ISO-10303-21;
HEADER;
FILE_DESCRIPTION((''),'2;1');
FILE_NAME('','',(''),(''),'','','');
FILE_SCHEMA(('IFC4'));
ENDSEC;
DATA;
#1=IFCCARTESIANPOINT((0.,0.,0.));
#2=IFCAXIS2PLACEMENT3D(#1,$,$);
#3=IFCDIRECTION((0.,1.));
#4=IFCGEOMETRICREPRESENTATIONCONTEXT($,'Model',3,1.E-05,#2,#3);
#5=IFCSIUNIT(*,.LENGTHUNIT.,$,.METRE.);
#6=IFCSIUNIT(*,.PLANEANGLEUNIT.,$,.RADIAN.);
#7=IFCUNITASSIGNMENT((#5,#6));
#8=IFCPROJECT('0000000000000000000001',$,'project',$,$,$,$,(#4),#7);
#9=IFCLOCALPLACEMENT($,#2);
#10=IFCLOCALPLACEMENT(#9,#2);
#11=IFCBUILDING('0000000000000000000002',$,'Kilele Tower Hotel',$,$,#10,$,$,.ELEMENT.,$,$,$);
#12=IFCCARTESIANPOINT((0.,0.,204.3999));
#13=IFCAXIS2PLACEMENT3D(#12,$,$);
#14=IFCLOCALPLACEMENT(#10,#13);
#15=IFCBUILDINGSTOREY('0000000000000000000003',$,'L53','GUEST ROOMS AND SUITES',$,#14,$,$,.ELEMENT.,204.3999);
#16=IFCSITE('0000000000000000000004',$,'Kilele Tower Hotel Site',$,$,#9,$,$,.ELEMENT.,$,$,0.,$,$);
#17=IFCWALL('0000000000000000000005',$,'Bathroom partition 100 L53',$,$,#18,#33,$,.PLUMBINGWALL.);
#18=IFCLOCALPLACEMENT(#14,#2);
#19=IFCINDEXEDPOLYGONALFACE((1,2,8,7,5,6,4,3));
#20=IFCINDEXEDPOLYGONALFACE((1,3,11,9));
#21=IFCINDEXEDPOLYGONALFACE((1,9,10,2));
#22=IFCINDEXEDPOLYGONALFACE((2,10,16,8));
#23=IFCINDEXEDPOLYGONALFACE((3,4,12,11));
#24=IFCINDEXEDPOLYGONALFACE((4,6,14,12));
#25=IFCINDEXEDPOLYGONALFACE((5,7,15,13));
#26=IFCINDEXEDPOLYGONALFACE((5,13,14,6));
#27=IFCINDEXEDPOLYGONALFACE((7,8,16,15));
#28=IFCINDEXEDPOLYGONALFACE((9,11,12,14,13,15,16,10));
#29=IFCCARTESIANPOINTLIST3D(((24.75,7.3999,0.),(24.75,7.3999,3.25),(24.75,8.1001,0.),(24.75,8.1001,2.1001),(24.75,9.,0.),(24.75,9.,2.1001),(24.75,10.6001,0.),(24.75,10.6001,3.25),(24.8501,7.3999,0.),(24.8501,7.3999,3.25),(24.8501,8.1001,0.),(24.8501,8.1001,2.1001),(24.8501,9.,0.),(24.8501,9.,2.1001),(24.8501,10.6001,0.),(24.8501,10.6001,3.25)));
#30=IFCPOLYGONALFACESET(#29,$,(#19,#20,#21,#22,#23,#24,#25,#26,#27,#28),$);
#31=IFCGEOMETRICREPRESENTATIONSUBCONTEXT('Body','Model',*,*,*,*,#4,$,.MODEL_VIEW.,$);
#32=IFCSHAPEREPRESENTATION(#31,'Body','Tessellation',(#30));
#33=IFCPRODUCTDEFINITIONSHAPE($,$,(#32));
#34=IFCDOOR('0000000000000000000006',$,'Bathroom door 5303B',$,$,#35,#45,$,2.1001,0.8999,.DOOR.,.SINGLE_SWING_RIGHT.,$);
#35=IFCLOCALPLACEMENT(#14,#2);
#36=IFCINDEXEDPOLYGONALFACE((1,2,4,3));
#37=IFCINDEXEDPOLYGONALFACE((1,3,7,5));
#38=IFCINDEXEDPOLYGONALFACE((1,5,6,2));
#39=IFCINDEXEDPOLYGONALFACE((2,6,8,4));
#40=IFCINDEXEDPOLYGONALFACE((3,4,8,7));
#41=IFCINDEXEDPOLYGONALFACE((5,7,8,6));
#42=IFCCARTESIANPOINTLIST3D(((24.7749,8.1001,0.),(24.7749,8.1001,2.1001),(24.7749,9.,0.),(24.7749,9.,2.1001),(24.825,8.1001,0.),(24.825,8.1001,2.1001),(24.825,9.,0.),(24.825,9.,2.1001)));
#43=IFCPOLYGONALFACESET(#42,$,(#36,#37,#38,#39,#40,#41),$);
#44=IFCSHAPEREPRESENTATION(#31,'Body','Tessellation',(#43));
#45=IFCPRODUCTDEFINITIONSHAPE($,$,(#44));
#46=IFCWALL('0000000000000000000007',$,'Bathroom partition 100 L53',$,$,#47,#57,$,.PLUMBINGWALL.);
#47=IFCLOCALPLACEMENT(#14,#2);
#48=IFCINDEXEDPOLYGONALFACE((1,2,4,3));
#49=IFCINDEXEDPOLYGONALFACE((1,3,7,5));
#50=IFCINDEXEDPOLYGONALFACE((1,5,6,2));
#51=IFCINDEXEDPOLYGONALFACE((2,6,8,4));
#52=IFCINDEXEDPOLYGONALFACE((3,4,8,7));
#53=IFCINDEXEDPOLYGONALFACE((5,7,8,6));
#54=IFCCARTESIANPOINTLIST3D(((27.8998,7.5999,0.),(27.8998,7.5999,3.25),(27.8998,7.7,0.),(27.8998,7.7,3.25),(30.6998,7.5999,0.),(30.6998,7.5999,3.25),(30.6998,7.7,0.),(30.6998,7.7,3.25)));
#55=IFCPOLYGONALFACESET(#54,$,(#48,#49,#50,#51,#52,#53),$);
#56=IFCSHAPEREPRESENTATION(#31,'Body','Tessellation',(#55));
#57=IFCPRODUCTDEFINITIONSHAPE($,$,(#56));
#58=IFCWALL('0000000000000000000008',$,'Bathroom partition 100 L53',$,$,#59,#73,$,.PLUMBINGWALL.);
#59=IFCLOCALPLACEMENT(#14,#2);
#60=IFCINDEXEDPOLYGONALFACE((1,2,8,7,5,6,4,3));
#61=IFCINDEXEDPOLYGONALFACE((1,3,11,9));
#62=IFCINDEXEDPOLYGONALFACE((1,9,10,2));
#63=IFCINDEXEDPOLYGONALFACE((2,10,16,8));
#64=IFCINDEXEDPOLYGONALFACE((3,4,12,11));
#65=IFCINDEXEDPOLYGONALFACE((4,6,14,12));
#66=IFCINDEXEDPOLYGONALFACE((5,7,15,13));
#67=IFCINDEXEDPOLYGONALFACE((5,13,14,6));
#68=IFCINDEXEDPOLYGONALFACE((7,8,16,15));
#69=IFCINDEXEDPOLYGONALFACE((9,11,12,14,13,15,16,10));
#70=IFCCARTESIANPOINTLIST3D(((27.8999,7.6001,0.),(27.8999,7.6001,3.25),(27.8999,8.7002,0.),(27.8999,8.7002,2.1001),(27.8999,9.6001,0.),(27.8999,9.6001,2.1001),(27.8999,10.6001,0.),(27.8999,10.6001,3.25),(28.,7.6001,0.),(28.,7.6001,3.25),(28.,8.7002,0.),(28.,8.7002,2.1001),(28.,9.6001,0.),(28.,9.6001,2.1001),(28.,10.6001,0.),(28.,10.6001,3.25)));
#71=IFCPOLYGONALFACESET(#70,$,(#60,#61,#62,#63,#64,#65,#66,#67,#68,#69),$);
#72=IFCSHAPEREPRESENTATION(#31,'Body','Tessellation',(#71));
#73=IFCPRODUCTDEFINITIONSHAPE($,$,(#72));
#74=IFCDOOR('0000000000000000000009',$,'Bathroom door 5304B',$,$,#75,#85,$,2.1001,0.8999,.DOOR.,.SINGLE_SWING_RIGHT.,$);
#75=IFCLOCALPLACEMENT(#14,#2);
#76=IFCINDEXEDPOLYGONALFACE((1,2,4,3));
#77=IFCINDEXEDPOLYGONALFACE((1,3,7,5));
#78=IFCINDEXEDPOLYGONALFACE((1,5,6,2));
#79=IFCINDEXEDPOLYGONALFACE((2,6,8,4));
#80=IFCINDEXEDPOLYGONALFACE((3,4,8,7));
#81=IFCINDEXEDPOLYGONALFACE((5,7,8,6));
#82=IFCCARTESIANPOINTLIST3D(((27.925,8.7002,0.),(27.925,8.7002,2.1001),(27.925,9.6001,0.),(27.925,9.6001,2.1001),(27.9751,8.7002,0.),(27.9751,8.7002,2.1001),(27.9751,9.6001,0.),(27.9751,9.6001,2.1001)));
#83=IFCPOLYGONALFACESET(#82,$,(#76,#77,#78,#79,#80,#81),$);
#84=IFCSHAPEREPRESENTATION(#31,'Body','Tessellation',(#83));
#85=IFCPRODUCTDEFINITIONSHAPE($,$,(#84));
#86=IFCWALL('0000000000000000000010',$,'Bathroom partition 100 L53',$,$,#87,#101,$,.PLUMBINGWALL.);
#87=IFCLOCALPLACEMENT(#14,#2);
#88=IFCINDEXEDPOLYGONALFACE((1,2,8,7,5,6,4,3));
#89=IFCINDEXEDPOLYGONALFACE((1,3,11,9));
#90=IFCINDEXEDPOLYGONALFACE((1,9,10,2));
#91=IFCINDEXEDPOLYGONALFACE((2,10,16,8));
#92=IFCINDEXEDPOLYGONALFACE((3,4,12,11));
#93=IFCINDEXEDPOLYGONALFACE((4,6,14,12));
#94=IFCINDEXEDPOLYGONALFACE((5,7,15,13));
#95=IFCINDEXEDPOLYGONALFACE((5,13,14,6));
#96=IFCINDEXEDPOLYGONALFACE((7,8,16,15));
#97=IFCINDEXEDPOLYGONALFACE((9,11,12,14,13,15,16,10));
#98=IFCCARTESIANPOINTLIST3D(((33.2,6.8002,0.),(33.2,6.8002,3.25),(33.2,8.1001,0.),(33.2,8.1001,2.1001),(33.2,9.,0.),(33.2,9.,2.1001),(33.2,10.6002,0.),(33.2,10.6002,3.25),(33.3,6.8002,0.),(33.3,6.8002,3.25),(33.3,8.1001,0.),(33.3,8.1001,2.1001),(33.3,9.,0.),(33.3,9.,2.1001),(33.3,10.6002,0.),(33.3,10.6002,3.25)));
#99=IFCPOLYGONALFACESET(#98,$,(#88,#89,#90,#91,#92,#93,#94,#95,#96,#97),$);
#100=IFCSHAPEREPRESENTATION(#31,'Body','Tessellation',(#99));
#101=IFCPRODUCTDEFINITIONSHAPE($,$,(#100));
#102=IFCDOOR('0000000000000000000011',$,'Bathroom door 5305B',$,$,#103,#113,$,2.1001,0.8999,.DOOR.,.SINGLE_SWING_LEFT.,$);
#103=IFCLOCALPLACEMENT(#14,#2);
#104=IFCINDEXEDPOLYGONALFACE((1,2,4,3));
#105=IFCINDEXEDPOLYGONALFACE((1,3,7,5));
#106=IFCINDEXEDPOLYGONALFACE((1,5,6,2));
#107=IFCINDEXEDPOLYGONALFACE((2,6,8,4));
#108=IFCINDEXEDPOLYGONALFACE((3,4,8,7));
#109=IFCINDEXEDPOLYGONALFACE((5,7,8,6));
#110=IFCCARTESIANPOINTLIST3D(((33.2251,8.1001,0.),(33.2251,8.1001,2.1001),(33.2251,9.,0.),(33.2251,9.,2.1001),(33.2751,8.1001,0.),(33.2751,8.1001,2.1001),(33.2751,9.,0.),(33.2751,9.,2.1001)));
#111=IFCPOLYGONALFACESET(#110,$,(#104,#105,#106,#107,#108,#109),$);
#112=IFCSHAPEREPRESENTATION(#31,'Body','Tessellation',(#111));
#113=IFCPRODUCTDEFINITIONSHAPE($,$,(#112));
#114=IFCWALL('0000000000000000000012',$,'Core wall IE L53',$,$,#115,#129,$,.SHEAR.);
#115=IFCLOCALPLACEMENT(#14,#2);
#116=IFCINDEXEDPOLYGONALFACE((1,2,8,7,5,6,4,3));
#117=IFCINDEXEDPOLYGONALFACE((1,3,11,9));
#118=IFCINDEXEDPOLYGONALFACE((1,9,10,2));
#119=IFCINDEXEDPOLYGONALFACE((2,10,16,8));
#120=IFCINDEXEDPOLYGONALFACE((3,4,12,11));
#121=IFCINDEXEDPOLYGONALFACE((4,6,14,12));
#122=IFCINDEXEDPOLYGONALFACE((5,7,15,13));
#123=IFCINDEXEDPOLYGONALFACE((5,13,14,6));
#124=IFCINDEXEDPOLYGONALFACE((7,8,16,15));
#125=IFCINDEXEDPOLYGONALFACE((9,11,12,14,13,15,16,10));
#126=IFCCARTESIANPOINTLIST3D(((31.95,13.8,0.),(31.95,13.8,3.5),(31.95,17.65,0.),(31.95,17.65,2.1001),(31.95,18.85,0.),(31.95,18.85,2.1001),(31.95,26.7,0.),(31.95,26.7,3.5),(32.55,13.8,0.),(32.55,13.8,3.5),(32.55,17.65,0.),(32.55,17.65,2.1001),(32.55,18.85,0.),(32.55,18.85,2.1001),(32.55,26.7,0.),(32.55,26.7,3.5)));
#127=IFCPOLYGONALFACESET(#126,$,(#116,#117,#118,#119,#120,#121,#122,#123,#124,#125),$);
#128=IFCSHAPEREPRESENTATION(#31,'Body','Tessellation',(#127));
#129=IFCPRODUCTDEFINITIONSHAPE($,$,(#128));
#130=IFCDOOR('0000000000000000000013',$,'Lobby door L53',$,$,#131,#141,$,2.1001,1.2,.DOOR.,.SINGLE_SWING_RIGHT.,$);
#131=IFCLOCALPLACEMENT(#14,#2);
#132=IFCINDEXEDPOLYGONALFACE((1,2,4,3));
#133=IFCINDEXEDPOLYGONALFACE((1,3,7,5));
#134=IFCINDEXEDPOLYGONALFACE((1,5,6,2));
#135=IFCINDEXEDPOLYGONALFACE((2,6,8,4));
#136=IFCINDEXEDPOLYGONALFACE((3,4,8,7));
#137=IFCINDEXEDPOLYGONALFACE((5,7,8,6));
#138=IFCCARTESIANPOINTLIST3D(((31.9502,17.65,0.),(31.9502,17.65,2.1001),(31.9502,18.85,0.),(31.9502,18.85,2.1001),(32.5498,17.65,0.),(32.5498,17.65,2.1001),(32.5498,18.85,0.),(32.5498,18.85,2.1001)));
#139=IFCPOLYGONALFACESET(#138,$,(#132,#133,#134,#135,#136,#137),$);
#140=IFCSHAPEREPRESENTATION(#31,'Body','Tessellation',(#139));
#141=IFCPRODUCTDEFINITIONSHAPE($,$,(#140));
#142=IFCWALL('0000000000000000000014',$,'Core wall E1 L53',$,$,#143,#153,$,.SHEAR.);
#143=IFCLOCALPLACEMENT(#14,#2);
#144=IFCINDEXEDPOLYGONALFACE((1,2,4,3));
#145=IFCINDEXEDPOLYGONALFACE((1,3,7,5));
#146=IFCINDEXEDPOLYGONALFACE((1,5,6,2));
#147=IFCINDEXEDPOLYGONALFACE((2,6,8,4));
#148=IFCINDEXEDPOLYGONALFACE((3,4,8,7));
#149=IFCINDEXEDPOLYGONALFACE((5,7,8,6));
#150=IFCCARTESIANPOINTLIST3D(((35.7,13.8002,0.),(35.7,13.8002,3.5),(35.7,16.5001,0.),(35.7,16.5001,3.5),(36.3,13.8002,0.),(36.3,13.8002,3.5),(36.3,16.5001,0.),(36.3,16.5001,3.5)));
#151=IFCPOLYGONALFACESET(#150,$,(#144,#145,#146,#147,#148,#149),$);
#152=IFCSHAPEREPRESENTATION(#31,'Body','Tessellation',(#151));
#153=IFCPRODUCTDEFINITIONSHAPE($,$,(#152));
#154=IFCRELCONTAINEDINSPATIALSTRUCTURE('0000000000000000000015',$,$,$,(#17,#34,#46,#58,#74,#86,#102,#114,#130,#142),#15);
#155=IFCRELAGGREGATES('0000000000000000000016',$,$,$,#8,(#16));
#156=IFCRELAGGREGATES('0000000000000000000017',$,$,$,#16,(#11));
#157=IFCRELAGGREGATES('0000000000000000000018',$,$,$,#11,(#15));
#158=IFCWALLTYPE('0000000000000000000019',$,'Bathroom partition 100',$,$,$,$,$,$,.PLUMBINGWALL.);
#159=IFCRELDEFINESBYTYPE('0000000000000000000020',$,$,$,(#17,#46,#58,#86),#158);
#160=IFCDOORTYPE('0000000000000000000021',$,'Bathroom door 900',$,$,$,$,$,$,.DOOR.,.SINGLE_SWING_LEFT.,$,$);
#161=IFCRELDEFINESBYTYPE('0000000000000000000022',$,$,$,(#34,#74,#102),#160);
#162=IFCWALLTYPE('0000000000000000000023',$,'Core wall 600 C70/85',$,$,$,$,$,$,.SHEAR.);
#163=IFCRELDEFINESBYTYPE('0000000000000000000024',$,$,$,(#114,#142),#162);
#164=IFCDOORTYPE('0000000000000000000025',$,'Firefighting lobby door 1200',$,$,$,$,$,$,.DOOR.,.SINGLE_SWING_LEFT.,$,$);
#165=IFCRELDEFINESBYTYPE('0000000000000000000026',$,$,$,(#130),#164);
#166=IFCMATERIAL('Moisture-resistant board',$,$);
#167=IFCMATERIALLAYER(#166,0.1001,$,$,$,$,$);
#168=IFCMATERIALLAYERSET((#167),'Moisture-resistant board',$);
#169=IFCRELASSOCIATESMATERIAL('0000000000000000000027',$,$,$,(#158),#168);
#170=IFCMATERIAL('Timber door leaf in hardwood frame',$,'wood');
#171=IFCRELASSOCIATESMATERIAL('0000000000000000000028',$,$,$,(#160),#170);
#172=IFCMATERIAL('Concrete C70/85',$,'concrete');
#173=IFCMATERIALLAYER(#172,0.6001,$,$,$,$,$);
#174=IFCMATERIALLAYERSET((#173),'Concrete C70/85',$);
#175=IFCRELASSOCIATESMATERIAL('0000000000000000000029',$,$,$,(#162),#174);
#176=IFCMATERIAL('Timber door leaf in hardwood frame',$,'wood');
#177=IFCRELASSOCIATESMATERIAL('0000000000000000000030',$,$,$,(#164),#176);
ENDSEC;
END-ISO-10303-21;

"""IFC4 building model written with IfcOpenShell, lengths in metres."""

from ifc_helpers import new_model, si_unit, direction, frame, frame_2d, origin, place, context, subcontext, project, spatial, rectangle, extrude, material, layer, layer_set, type_object, element, fill, save


model = new_model("IFC4")

# Units and contexts
model_context = context("Model", 3, precision=1e-05, world=origin(), true_north=direction((0.0, 1.0)))
body_context = subcontext(model_context, "Body", "Model", "MODEL_VIEW")
ifc_project = project(units=[si_unit("LENGTHUNIT", "METRE"), si_unit("PLANEANGLEUNIT", "RADIAN")], contexts=[model_context])

# Site, building, storey
site_placement = place(None, origin())
site = spatial("IfcSite", under=ifc_project, at=site_placement, Name="Kilele Tower Hotel Site", CompositionType="ELEMENT", RefElevation=0.0)
building_placement = place(site_placement, origin())
building = spatial("IfcBuilding", under=site, at=building_placement, Name="Kilele Tower Hotel", CompositionType="ELEMENT")
storey_placement = place(building_placement, frame((0.0, 0.0, 204.3999)))
storey = spatial("IfcBuildingStorey", under=building, at=storey_placement, Name="L53", Description="GUEST ROOMS AND SUITES", CompositionType="ELEMENT", Elevation=204.3999)

# Wall, opening, door
ifc_material_1 = material(Name="Moisture-resistant board")
ifc_layer_1 = layer(ifc_material_1, 0.1001)
ifc_layer_set_1 = layer_set([ifc_layer_1], Name="Moisture-resistant board")
wall_type_1 = type_object("IfcWallType", Name="Bathroom partition 100", PredefinedType="PLUMBINGWALL", material=ifc_layer_set_1)
wall_1_placement = place(storey_placement, frame((24.8, 10.6001, 0.0), z_axis=(0.0, 0.0, 1.0), x_axis=(0.0, -1.0, 0.0)))
wall_1 = element("IfcWall", 1, at=wall_1_placement, inside=storey, type_object=wall_type_1, Name="Bathroom partition 100 L53", PredefinedType="PLUMBINGWALL", context=body_context, shape_type="SweptSolid", body=[
    extrude(rectangle(XDim=3.2002, YDim=0.1001, at=frame_2d((1.6001, 0.0))), origin(), (0.0, 0.0, 1.0), 3.25),
])
opening_1_placement = place(wall_1_placement, frame((1.6001, 0.0, 0.0)))
opening_1 = element("IfcOpeningElement", 2, at=opening_1_placement, cuts=wall_1, PredefinedType="OPENING", context=body_context, shape_type="SweptSolid", body=[
    extrude(rectangle(XDim=0.8999, YDim=2.1001, at=frame_2d((0.45, 1.05))), frame((0.0, 0.0601, 0.0), z_axis=(0.0, -1.0, 0.0), x_axis=(1.0, 0.0, 0.0)), (0.0, 0.0, 1.0), 0.1201),
])
ifc_material_2 = material(Name="Timber door leaf in hardwood frame", Category="wood")
door_type_1 = type_object("IfcDoorType", Name="Bathroom door 900", OperationType="SINGLE_SWING_LEFT", PredefinedType="DOOR", material=ifc_material_2)
door_1_placement = place(opening_1_placement, origin())
door_1 = element("IfcDoor", 3, at=door_1_placement, inside=storey, type_object=door_type_1, Name="Bathroom door 5303B", OperationType="SINGLE_SWING_RIGHT", OverallHeight=2.1001, OverallWidth=0.8999, PredefinedType="DOOR", context=body_context, shape_type="SweptSolid", body=[
    extrude(rectangle(XDim=0.8999, YDim=2.1001, at=frame_2d((0.45, 1.05))), frame((0.0, 0.0249, 0.0), z_axis=(0.0, -1.0, 0.0), x_axis=(1.0, 0.0, 0.0)), (0.0, 0.0, 1.0), 0.05),
])
fill(opening_1, door_1)

# Wall
wall_2_placement = place(storey_placement, frame((27.8999, 7.6499, 0.0), z_axis=(0.0, 0.0, 1.0), x_axis=(1.0, 0.0, 0.0)))
element("IfcWall", 4, at=wall_2_placement, inside=storey, type_object=wall_type_1, Name="Bathroom partition 100 L53", PredefinedType="PLUMBINGWALL", context=body_context, shape_type="SweptSolid", body=[
    extrude(rectangle(XDim=2.8, YDim=0.1001, at=frame_2d((1.3999, 0.0))), origin(), (0.0, 0.0, 1.0), 3.25),
])

# Walls, openings, doors
wall_3_placement = place(storey_placement, frame((27.95, 10.6001, 0.0), z_axis=(0.0, 0.0, 1.0), x_axis=(0.0, -1.0, 0.0)))
wall_3 = element("IfcWall", 5, at=wall_3_placement, inside=storey, type_object=wall_type_1, Name="Bathroom partition 100 L53", PredefinedType="PLUMBINGWALL", context=body_context, shape_type="SweptSolid", body=[
    extrude(rectangle(XDim=3.0, YDim=0.1001, at=frame_2d((1.5, 0.0))), origin(), (0.0, 0.0, 1.0), 3.25),
])
opening_2_placement = place(wall_3_placement, frame((1.8999, 0.0, 0.0), z_axis=(0.0, 0.0, 1.0), x_axis=(-1.0, 0.0, 0.0)))
opening_2 = element("IfcOpeningElement", 6, at=opening_2_placement, cuts=wall_3, PredefinedType="OPENING", context=body_context, shape_type="SweptSolid", body=[
    extrude(rectangle(XDim=0.8999, YDim=2.1001, at=frame_2d((0.45, 1.05))), frame((0.0, 0.0601, 0.0), z_axis=(0.0, -1.0, 0.0), x_axis=(1.0, 0.0, 0.0)), (0.0, 0.0, 1.0), 0.1201),
])
door_2_placement = place(opening_2_placement, origin())
door_2 = element("IfcDoor", 7, at=door_2_placement, inside=storey, type_object=door_type_1, Name="Bathroom door 5304B", OperationType="SINGLE_SWING_RIGHT", OverallHeight=2.1001, OverallWidth=0.8999, PredefinedType="DOOR", context=body_context, shape_type="SweptSolid", body=[
    extrude(rectangle(XDim=0.8999, YDim=2.1001, at=frame_2d((0.45, 1.05))), frame((0.0, 0.0249, 0.0), z_axis=(0.0, -1.0, 0.0), x_axis=(1.0, 0.0, 0.0)), (0.0, 0.0, 1.0), 0.05),
])
fill(opening_2, door_2)
wall_4_placement = place(storey_placement, frame((33.25, 10.6001, 0.0), z_axis=(0.0, 0.0, 1.0), x_axis=(0.0, -1.0, 0.0)))
wall_4 = element("IfcWall", 8, at=wall_4_placement, inside=storey, type_object=wall_type_1, Name="Bathroom partition 100 L53", PredefinedType="PLUMBINGWALL", context=body_context, shape_type="SweptSolid", body=[
    extrude(rectangle(XDim=3.8, YDim=0.1001, at=frame_2d((1.8999, 0.0))), origin(), (0.0, 0.0, 1.0), 3.25),
])
opening_3_placement = place(wall_4_placement, frame((2.5, 0.0, 0.0), z_axis=(0.0, 0.0, 1.0), x_axis=(-1.0, 0.0, 0.0)))
opening_3 = element("IfcOpeningElement", 9, at=opening_3_placement, cuts=wall_4, PredefinedType="OPENING", context=body_context, shape_type="SweptSolid", body=[
    extrude(rectangle(XDim=0.8999, YDim=2.1001, at=frame_2d((0.45, 1.05))), frame((0.0, 0.0601, 0.0), z_axis=(0.0, -1.0, 0.0), x_axis=(1.0, 0.0, 0.0)), (0.0, 0.0, 1.0), 0.1201),
])
door_3_placement = place(opening_3_placement, origin())
door_3 = element("IfcDoor", 10, at=door_3_placement, inside=storey, type_object=door_type_1, Name="Bathroom door 5305B", OperationType="SINGLE_SWING_LEFT", OverallHeight=2.1001, OverallWidth=0.8999, PredefinedType="DOOR", context=body_context, shape_type="SweptSolid", body=[
    extrude(rectangle(XDim=0.8999, YDim=2.1001, at=frame_2d((0.45, 1.05))), frame((0.0, 0.0249, 0.0), z_axis=(0.0, -1.0, 0.0), x_axis=(1.0, 0.0, 0.0)), (0.0, 0.0, 1.0), 0.05),
])
fill(opening_3, door_3)
ifc_material_3 = material(Name="Concrete C70/85", Category="concrete")
ifc_layer_2 = layer(ifc_material_3, 0.6001)
ifc_layer_set_2 = layer_set([ifc_layer_2], Name="Concrete C70/85")
wall_type_2 = type_object("IfcWallType", Name="Core wall 600 C70/85", PredefinedType="SHEAR", material=ifc_layer_set_2)
wall_5_placement = place(storey_placement, frame((32.25, 13.8, 0.0), z_axis=(0.0, 0.0, 1.0), x_axis=(0.0, 1.0, 0.0)))
wall_5 = element("IfcWall", 11, at=wall_5_placement, inside=storey, type_object=wall_type_2, Name="Core wall IE L53", PredefinedType="SHEAR", context=body_context, shape_type="SweptSolid", body=[
    extrude(rectangle(XDim=12.8999, YDim=0.6001, at=frame_2d((6.45, 0.0))), origin(), (0.0, 0.0, 1.0), 3.5),
])
opening_4_placement = place(wall_5_placement, frame((5.05, 0.0, 0.0), z_axis=(0.0, 0.0, 1.0), x_axis=(-1.0, 0.0, 0.0)))
opening_4 = element("IfcOpeningElement", 12, at=opening_4_placement, cuts=wall_5, PredefinedType="OPENING", context=body_context, shape_type="SweptSolid", body=[
    extrude(rectangle(XDim=1.2, YDim=2.1001, at=frame_2d((0.6001, 1.05))), frame((0.0, 0.3101, 0.0), z_axis=(0.0, -1.0, 0.0), x_axis=(1.0, 0.0, 0.0)), (0.0, 0.0, 1.0), 0.6201),
])
ifc_material_4 = material(Name="Timber door leaf in hardwood frame", Category="wood")
door_type_2 = type_object("IfcDoorType", Name="Firefighting lobby door 1200", OperationType="SINGLE_SWING_LEFT", PredefinedType="DOOR", material=ifc_material_4)
door_4_placement = place(opening_4_placement, origin())
door_4 = element("IfcDoor", 13, at=door_4_placement, inside=storey, type_object=door_type_2, Name="Lobby door L53", OperationType="SINGLE_SWING_RIGHT", OverallHeight=2.1001, OverallWidth=1.2, PredefinedType="DOOR", context=body_context, shape_type="SweptSolid", body=[
    extrude(rectangle(XDim=1.2, YDim=2.1001, at=frame_2d((0.6001, 1.05))), frame((0.0, 0.2998, 0.0), z_axis=(0.0, -1.0, 0.0), x_axis=(1.0, 0.0, 0.0)), (0.0, 0.0, 1.0), 0.5996),
])
fill(opening_4, door_4)

# Wall
wall_6_placement = place(storey_placement, frame((36.0, 13.8, 0.0), z_axis=(0.0, 0.0, 1.0), x_axis=(0.0, 1.0, 0.0)))
element("IfcWall", 14, at=wall_6_placement, inside=storey, type_object=wall_type_2, Name="Core wall E1 L53", PredefinedType="SHEAR", context=body_context, shape_type="SweptSolid", body=[
    extrude(rectangle(XDim=2.7, YDim=0.6001, at=frame_2d((1.3501, 0.0))), origin(), (0.0, 0.0, 1.0), 3.5),
])

save(model, "model.ifc")
